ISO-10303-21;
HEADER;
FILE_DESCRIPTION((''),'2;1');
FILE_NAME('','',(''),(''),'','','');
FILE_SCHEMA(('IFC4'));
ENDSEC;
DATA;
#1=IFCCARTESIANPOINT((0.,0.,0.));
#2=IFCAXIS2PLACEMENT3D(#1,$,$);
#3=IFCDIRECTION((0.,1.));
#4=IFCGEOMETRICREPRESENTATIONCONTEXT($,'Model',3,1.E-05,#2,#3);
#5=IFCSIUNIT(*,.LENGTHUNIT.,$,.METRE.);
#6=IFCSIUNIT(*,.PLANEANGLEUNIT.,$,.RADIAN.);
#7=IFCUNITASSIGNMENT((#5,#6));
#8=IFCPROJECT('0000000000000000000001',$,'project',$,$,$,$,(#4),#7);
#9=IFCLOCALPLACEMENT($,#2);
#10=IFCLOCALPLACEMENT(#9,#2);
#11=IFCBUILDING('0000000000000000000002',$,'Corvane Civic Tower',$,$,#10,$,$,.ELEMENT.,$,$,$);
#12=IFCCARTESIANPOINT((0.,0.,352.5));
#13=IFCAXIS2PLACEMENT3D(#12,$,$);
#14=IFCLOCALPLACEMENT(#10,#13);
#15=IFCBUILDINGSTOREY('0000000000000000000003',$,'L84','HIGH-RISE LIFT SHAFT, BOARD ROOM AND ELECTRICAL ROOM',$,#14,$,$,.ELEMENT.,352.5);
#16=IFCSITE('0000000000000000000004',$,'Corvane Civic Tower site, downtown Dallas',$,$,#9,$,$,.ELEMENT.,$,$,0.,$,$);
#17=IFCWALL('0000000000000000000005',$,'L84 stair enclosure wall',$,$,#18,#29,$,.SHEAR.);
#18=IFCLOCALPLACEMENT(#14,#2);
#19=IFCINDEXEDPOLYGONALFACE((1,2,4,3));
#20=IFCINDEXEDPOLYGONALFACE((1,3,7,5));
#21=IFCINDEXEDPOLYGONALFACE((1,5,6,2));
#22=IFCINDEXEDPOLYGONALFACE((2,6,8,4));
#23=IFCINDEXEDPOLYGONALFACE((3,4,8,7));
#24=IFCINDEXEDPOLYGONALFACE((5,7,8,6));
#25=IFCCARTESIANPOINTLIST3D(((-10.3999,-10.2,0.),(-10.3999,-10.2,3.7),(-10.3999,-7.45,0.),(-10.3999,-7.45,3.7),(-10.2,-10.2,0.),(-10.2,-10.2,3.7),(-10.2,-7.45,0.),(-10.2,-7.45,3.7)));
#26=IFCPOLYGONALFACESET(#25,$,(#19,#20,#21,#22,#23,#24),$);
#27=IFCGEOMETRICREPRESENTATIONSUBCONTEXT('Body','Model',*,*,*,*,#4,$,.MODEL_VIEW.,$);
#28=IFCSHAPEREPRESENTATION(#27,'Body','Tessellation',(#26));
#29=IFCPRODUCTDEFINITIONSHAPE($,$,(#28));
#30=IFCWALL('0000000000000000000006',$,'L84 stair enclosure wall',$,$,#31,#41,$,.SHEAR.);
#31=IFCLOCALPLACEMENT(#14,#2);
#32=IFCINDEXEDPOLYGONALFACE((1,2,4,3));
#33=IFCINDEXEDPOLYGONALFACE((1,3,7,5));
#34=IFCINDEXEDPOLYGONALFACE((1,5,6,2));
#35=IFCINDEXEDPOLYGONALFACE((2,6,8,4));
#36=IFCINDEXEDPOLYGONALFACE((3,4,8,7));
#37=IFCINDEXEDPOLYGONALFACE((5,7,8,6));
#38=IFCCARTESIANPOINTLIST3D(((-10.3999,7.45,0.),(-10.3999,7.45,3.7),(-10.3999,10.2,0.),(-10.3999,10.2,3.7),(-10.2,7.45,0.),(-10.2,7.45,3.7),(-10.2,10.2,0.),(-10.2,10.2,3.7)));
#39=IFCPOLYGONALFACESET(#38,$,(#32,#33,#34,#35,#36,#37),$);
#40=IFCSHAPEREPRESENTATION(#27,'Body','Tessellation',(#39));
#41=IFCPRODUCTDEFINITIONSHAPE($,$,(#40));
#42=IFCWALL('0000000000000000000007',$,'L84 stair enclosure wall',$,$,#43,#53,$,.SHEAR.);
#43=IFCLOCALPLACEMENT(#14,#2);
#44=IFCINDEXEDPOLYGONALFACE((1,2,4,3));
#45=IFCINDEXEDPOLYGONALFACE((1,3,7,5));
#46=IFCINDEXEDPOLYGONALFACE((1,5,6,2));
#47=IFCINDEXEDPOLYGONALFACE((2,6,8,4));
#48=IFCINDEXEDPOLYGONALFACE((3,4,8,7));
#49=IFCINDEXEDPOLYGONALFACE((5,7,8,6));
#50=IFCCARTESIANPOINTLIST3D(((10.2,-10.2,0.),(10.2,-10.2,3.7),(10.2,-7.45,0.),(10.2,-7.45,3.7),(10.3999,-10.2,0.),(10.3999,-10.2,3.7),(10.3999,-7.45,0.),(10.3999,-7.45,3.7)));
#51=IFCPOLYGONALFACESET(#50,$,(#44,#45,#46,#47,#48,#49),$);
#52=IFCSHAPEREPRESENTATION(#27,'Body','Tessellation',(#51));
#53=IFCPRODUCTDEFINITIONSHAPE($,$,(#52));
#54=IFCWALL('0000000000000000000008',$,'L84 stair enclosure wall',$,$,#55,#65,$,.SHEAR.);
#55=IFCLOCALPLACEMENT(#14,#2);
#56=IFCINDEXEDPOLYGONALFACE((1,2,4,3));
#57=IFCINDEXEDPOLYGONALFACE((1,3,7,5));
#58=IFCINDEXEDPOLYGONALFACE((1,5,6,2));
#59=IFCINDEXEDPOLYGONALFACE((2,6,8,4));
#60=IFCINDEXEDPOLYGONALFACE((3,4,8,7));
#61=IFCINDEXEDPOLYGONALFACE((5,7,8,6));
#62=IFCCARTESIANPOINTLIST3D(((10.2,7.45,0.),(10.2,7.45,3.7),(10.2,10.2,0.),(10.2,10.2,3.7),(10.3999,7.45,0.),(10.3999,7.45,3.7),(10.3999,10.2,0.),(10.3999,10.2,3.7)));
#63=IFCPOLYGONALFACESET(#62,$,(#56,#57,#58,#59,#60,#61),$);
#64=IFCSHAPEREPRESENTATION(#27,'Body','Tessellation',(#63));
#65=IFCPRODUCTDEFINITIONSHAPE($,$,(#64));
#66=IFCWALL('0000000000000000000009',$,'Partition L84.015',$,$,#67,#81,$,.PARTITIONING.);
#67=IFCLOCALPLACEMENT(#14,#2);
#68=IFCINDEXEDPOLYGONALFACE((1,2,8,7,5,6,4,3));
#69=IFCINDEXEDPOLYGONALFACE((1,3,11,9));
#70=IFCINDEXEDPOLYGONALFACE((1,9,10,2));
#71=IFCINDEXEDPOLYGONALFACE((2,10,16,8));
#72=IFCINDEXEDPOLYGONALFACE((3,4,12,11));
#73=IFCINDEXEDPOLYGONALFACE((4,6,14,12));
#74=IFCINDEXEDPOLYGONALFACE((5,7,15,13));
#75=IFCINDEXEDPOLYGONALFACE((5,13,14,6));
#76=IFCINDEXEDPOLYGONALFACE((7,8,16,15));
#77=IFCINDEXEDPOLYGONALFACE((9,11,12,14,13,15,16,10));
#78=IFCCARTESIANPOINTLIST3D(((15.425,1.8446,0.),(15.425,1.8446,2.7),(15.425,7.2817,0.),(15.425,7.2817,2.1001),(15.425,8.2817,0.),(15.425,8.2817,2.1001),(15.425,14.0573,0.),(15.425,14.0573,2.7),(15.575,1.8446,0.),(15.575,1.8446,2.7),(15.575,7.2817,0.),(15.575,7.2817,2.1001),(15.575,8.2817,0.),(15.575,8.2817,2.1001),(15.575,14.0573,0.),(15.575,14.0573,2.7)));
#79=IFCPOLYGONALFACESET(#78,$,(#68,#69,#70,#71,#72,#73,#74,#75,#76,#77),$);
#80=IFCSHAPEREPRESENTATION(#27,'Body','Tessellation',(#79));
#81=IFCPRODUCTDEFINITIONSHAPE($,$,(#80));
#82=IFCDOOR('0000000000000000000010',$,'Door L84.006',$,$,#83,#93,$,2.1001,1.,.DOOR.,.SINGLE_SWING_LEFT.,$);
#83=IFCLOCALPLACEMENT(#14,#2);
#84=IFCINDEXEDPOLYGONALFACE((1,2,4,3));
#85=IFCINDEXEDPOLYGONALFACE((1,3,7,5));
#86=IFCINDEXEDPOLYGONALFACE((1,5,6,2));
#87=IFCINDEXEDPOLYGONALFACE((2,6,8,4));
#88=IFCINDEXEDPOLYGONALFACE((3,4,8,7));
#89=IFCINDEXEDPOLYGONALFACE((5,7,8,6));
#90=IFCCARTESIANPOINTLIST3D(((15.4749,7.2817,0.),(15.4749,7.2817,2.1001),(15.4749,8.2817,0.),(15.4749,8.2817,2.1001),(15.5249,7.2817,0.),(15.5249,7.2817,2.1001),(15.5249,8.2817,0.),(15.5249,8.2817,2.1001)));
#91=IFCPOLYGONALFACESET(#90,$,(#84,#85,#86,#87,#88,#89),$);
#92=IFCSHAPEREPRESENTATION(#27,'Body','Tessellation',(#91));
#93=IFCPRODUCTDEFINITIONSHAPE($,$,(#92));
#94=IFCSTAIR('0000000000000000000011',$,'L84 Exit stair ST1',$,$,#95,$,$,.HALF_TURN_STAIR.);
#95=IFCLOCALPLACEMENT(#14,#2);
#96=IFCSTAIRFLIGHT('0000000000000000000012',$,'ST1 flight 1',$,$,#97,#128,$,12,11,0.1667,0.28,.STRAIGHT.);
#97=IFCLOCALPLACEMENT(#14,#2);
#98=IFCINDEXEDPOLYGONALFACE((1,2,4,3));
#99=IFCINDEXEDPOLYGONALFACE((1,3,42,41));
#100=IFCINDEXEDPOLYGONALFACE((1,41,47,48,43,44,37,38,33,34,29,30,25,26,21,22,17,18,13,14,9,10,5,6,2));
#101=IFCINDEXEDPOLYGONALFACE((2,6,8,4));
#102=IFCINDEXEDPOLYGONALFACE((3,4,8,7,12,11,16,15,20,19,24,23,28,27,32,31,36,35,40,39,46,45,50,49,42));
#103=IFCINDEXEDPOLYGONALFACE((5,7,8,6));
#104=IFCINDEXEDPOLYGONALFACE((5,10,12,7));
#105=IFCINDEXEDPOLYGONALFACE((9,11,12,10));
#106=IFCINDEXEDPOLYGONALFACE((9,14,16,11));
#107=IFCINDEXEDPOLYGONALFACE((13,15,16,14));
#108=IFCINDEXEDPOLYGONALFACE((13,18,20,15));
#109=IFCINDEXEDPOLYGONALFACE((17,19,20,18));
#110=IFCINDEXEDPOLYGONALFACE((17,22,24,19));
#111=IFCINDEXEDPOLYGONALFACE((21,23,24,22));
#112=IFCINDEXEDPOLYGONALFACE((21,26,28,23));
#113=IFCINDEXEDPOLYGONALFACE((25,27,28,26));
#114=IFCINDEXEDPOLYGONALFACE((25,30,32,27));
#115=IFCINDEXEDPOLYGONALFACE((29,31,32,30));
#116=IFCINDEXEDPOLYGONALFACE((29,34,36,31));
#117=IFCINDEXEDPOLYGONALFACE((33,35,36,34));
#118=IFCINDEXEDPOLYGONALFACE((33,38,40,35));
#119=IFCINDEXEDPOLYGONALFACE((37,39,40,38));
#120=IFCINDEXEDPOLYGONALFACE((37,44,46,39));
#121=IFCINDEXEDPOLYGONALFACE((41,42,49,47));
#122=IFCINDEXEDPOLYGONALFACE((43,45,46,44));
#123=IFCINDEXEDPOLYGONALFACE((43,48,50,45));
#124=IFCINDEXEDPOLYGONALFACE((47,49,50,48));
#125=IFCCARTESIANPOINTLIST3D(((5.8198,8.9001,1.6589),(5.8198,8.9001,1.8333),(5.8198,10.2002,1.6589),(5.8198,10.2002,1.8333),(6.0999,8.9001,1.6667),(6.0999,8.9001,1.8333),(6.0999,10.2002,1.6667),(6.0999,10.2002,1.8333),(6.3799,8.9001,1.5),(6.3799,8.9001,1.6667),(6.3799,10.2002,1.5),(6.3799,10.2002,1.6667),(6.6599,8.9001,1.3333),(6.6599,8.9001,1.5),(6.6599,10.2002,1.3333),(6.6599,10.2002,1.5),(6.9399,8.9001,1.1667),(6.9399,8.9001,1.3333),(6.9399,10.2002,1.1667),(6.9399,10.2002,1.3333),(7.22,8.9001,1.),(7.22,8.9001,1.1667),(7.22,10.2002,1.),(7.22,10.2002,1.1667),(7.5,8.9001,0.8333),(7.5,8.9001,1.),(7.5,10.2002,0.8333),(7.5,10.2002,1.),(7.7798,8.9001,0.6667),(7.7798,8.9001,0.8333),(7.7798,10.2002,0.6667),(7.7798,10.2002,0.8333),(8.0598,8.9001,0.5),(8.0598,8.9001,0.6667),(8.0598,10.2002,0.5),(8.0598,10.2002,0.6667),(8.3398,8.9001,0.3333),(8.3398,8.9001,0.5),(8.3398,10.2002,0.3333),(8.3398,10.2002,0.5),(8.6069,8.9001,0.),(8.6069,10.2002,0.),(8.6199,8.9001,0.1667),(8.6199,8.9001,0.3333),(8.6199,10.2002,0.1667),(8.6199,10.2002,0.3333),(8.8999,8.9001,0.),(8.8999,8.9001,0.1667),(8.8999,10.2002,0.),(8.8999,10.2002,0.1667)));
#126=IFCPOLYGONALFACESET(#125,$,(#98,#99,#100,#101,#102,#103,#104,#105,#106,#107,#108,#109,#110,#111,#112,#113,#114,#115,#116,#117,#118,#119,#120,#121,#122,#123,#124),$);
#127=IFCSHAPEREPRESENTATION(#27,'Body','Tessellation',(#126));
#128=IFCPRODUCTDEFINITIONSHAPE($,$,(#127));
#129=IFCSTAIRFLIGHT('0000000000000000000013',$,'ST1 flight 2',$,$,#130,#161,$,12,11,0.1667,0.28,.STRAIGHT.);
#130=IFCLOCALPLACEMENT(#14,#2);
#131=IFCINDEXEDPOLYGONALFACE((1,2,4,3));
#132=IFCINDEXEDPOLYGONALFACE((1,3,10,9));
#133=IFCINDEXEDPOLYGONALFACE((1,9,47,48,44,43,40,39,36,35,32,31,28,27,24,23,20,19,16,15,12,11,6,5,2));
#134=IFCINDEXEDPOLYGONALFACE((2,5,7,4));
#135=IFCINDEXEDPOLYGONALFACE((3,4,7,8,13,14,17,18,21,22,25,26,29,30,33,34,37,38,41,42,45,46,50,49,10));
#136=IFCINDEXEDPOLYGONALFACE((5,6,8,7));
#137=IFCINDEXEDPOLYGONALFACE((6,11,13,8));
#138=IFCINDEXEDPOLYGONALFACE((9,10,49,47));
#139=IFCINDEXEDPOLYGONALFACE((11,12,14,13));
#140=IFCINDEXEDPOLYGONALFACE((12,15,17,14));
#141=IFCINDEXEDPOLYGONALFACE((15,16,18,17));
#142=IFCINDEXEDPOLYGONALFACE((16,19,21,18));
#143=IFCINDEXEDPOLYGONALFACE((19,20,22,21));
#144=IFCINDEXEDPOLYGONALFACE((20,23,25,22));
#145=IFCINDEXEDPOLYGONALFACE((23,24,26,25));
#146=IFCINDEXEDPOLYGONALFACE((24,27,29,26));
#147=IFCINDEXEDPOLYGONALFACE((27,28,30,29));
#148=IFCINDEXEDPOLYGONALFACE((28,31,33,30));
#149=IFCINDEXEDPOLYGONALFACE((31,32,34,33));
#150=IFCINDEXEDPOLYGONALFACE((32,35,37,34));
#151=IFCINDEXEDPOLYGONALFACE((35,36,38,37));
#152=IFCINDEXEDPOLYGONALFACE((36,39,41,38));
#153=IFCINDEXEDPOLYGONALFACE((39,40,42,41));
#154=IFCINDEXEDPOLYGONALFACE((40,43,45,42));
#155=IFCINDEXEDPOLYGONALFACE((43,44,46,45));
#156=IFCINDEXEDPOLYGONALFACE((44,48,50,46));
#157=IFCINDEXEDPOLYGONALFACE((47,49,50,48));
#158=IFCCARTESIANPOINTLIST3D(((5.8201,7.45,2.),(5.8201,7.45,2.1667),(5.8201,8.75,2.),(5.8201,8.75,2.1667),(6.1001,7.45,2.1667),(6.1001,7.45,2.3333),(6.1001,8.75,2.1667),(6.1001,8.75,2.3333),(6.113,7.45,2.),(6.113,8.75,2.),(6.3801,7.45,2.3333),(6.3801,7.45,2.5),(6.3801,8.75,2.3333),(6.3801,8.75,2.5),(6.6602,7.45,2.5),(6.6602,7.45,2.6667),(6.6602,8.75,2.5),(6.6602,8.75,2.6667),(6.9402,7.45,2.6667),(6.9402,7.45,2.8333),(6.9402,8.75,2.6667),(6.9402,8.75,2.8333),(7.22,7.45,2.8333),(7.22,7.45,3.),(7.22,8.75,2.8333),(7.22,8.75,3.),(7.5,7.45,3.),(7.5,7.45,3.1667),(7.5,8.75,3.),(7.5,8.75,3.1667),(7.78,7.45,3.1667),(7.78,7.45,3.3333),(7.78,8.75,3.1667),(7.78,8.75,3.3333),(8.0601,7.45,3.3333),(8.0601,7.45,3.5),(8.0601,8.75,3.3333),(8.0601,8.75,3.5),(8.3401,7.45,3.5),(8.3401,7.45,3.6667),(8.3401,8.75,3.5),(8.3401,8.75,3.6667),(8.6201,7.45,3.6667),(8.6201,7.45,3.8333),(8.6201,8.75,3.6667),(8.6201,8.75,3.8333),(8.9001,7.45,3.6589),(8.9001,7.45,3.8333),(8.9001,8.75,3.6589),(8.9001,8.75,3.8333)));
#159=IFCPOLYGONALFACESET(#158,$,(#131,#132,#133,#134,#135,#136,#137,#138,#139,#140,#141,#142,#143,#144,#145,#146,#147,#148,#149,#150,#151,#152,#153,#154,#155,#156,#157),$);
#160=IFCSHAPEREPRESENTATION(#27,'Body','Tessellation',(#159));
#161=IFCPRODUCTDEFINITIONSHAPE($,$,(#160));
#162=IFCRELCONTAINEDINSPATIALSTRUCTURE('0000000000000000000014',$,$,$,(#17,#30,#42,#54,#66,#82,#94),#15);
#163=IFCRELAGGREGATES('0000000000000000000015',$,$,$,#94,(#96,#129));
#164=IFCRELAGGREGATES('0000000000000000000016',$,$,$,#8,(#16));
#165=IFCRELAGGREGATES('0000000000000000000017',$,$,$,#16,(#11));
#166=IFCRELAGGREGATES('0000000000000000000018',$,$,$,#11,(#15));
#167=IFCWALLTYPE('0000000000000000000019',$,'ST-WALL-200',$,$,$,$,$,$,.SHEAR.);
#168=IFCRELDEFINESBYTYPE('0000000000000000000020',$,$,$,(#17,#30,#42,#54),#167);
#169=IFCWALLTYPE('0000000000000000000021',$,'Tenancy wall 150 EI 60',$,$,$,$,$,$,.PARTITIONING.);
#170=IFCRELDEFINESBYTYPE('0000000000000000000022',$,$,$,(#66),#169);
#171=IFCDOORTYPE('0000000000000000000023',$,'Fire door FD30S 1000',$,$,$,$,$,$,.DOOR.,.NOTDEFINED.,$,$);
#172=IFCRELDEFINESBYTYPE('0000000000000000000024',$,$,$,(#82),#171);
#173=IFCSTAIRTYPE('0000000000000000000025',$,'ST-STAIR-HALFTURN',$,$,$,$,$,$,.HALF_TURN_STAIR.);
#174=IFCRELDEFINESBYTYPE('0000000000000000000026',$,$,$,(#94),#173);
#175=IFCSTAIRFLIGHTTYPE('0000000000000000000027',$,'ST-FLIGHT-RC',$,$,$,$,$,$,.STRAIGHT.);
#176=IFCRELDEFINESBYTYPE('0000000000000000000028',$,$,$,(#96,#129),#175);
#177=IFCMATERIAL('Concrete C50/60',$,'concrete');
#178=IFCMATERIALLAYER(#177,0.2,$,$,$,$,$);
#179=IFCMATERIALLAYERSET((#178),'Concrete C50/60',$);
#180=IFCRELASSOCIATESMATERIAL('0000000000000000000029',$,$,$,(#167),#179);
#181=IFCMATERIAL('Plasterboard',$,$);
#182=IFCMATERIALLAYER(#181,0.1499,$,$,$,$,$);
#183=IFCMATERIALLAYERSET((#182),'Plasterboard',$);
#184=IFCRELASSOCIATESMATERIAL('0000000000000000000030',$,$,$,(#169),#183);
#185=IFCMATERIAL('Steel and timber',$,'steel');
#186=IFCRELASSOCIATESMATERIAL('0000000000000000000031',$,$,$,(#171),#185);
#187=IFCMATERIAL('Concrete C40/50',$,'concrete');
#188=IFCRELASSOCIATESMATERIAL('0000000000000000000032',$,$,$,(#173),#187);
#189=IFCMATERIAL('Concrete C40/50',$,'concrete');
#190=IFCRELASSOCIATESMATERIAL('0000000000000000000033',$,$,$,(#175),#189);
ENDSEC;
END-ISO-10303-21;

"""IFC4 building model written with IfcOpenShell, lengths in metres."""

from ifc_helpers import new_model, si_unit, direction, frame, frame_2d, origin, place, context, subcontext, project, spatial, polyline, rectangle, outline, extrude, material, layer, layer_set, type_object, element, fill, aggregate, save


model = new_model("IFC4")

# Units and contexts
model_context = context("Model", 3, precision=1e-05, world=origin(), true_north=direction((0.0, 1.0)))
body_context = subcontext(model_context, "Body", "Model", "MODEL_VIEW")
ifc_project = project(units=[si_unit("LENGTHUNIT", "METRE"), si_unit("PLANEANGLEUNIT", "RADIAN")], contexts=[model_context])

# Site, building, storey
site_placement = place(None, origin())
site = spatial("IfcSite", under=ifc_project, at=site_placement, Name="Corvane Civic Tower site, downtown Dallas", CompositionType="ELEMENT", RefElevation=0.0)
building_placement = place(site_placement, origin())
building = spatial("IfcBuilding", under=site, at=building_placement, Name="Corvane Civic Tower", CompositionType="ELEMENT")
storey_placement = place(building_placement, frame((0.0, 0.0, 352.5)))
storey = spatial("IfcBuildingStorey", under=building, at=storey_placement, Name="L84", Description="HIGH-RISE LIFT SHAFT, BOARD ROOM AND ELECTRICAL ROOM", CompositionType="ELEMENT", Elevation=352.5)

# Shared definitions
ifc_material_1 = material(Name="Concrete C50/60", Category="concrete")
ifc_layer_1 = layer(ifc_material_1, 0.2)
ifc_layer_set_1 = layer_set([ifc_layer_1], Name="Concrete C50/60")
wall_type_1 = type_object("IfcWallType", Name="ST-WALL-200", PredefinedType="SHEAR", material=ifc_layer_set_1)

# Walls
wall_1_placement = place(storey_placement, origin())
element("IfcWall", 1, at=wall_1_placement, inside=storey, type_object=wall_type_1, Name="L84 stair enclosure wall", PredefinedType="SHEAR", context=body_context, shape_type="SweptSolid", body=[
    extrude(outline(polyline([(-10.2, -7.45), (-10.2, -10.2), (-10.3999, -10.2), (-10.3999, -7.45), (-10.2, -7.45)])), origin(), (0.0, 0.0, 1.0), 3.7),
])
wall_2_placement = place(storey_placement, origin())
element("IfcWall", 2, at=wall_2_placement, inside=storey, type_object=wall_type_1, Name="L84 stair enclosure wall", PredefinedType="SHEAR", context=body_context, shape_type="SweptSolid", body=[
    extrude(outline(polyline([(-10.2, 7.45), (-10.3999, 7.45), (-10.3999, 10.2), (-10.2, 10.2), (-10.2, 7.45)])), origin(), (0.0, 0.0, 1.0), 3.7),
])
wall_3_placement = place(storey_placement, origin())
element("IfcWall", 3, at=wall_3_placement, inside=storey, type_object=wall_type_1, Name="L84 stair enclosure wall", PredefinedType="SHEAR", context=body_context, shape_type="SweptSolid", body=[
    extrude(outline(polyline([(10.3999, -7.45), (10.3999, -10.2), (10.2, -10.2), (10.2, -7.45), (10.3999, -7.45)])), origin(), (0.0, 0.0, 1.0), 3.7),
])
wall_4_placement = place(storey_placement, origin())
element("IfcWall", 4, at=wall_4_placement, inside=storey, type_object=wall_type_1, Name="L84 stair enclosure wall", PredefinedType="SHEAR", context=body_context, shape_type="SweptSolid", body=[
    extrude(outline(polyline([(10.3999, 7.45), (10.2, 7.45), (10.2, 10.2), (10.3999, 10.2), (10.3999, 7.45)])), origin(), (0.0, 0.0, 1.0), 3.7),
])

# Wall, opening, door
ifc_material_2 = material(Name="Plasterboard")
ifc_layer_2 = layer(ifc_material_2, 0.1499)
ifc_layer_set_2 = layer_set([ifc_layer_2], Name="Plasterboard")
wall_type_2 = type_object("IfcWallType", Name="Tenancy wall 150 EI 60", PredefinedType="PARTITIONING", material=ifc_layer_set_2)
wall_5_placement = place(storey_placement, frame((15.5, 1.8445, 0.0), z_axis=(0.0, 0.0, 1.0), x_axis=(0.0, 1.0, 0.0)))
wall_5 = element("IfcWall", 5, at=wall_5_placement, inside=storey, type_object=wall_type_2, Name="Partition L84.015", PredefinedType="PARTITIONING", context=body_context, shape_type="SweptSolid", body=[
    extrude(rectangle(XDim=12.2126, YDim=0.1499, at=frame_2d((6.1064, 0.0))), origin(), (0.0, 0.0, 1.0), 2.7),
])
opening_1_placement = place(wall_5_placement, frame((5.4373, 0.0, 0.0)))
opening_1 = element("IfcOpeningElement", 6, at=opening_1_placement, cuts=wall_5, PredefinedType="OPENING", context=body_context, shape_type="SweptSolid", body=[
    extrude(rectangle(XDim=1.0, YDim=2.1001, at=frame_2d((0.5, 1.05))), frame((0.0, 0.085, 0.0), z_axis=(0.0, -1.0, 0.0), x_axis=(1.0, 0.0, 0.0)), (0.0, 0.0, 1.0), 0.1699),
])
ifc_material_3 = material(Name="Steel and timber", Category="steel")
door_type_1 = type_object("IfcDoorType", Name="Fire door FD30S 1000", OperationType="NOTDEFINED", PredefinedType="DOOR", material=ifc_material_3)
door_1_placement = place(opening_1_placement, frame((1.0, 0.0, 0.0), z_axis=(0.0, 0.0, 1.0), x_axis=(-1.0, 0.0, 0.0)))
door_1 = element("IfcDoor", 7, at=door_1_placement, inside=storey, type_object=door_type_1, Name="Door L84.006", OperationType="SINGLE_SWING_LEFT", OverallHeight=2.1001, OverallWidth=1.0, PredefinedType="DOOR", context=body_context, shape_type="SweptSolid", body=[
    extrude(rectangle(XDim=1.0, YDim=2.1001, at=frame_2d((0.5, 1.05))), frame((0.0, 0.0249, 0.0), z_axis=(0.0, -1.0, 0.0), x_axis=(1.0, 0.0, 0.0)), (0.0, 0.0, 1.0), 0.05),
])
fill(opening_1, door_1)

# Stair, stair flights
ifc_material_4 = material(Name="Concrete C40/50", Category="concrete")
stair_type = type_object("IfcStairType", Name="ST-STAIR-HALFTURN", PredefinedType="HALF_TURN_STAIR", material=ifc_material_4)
stair_placement = place(storey_placement, origin())
stair = element("IfcStair", 8, at=stair_placement, inside=storey, type_object=stair_type, Name="L84 Exit stair ST1", PredefinedType="HALF_TURN_STAIR")
ifc_material_5 = material(Name="Concrete C40/50", Category="concrete")
stair_flight_type = type_object("IfcStairFlightType", Name="ST-FLIGHT-RC", PredefinedType="STRAIGHT", material=ifc_material_5)
stair_flight_1_placement = place(storey_placement, frame((8.8999, 9.55, 0.0), z_axis=(0.0, 0.0, 1.0), x_axis=(-1.0, 0.0, 0.0)))
stair_flight_1 = element("IfcStairFlight", 9, at=stair_flight_1_placement, type_object=stair_flight_type, Name="ST1 flight 1", NumberOfRisers=12, NumberOfTreads=11, PredefinedType="STRAIGHT", RiserHeight=0.1667, TreadLength=0.28, context=body_context, shape_type="SweptSolid", body=[
    extrude(outline(polyline([(0.0, 0.0), (0.0, 0.1667), (0.28, 0.1667), (0.28, 0.3333), (0.5601, 0.3333), (0.5601, 0.5), (0.8401, 0.5), (0.8401, 0.6667), (1.1201, 0.6667), (1.1201, 0.8333), (1.3999, 0.8333), (1.3999, 1.0), (1.6799, 1.0), (1.6799, 1.1667), (1.96, 1.1667), (1.96, 1.3333), (2.24, 1.3333), (2.24, 1.5), (2.52, 1.5), (2.52, 1.6667), (2.8, 1.6667), (2.8, 1.8333), (3.0801, 1.8333), (3.0801, 2.0), (3.0801, 1.6589), (0.293, 0.0), (0.0, 0.0)])), frame((0.0, 0.6499, 0.0), z_axis=(0.0, -1.0, 0.0), x_axis=(1.0, 0.0, 0.0)), (0.0, 0.0, 1.0), 1.3),
])
stair_flight_2_placement = place(storey_placement, frame((5.8201, 8.1001, 2.0), z_axis=(0.0, 0.0, 1.0), x_axis=(1.0, 0.0, 0.0)))
stair_flight_2 = element("IfcStairFlight", 10, at=stair_flight_2_placement, type_object=stair_flight_type, Name="ST1 flight 2", NumberOfRisers=12, NumberOfTreads=11, PredefinedType="STRAIGHT", RiserHeight=0.1667, TreadLength=0.28, context=body_context, shape_type="SweptSolid", body=[
    extrude(outline(polyline([(0.0, 0.0), (0.0, 0.1667), (0.28, 0.1667), (0.28, 0.3333), (0.5601, 0.3333), (0.5601, 0.5), (0.8401, 0.5), (0.8401, 0.6667), (1.1201, 0.6667), (1.1201, 0.8333), (1.3999, 0.8333), (1.3999, 1.0), (1.6799, 1.0), (1.6799, 1.1667), (1.96, 1.1667), (1.96, 1.3333), (2.24, 1.3333), (2.24, 1.5), (2.52, 1.5), (2.52, 1.6667), (2.8, 1.6667), (2.8, 1.8333), (3.0801, 1.8333), (3.0801, 2.0), (3.0801, 1.6589), (0.293, 0.0), (0.0, 0.0)])), frame((0.0, 0.6499, 0.0), z_axis=(0.0, -1.0, 0.0), x_axis=(1.0, 0.0, 0.0)), (0.0, 0.0, 1.0), 1.3),
])
aggregate(stair, [stair_flight_1, stair_flight_2])

save(model, "model.ifc")
